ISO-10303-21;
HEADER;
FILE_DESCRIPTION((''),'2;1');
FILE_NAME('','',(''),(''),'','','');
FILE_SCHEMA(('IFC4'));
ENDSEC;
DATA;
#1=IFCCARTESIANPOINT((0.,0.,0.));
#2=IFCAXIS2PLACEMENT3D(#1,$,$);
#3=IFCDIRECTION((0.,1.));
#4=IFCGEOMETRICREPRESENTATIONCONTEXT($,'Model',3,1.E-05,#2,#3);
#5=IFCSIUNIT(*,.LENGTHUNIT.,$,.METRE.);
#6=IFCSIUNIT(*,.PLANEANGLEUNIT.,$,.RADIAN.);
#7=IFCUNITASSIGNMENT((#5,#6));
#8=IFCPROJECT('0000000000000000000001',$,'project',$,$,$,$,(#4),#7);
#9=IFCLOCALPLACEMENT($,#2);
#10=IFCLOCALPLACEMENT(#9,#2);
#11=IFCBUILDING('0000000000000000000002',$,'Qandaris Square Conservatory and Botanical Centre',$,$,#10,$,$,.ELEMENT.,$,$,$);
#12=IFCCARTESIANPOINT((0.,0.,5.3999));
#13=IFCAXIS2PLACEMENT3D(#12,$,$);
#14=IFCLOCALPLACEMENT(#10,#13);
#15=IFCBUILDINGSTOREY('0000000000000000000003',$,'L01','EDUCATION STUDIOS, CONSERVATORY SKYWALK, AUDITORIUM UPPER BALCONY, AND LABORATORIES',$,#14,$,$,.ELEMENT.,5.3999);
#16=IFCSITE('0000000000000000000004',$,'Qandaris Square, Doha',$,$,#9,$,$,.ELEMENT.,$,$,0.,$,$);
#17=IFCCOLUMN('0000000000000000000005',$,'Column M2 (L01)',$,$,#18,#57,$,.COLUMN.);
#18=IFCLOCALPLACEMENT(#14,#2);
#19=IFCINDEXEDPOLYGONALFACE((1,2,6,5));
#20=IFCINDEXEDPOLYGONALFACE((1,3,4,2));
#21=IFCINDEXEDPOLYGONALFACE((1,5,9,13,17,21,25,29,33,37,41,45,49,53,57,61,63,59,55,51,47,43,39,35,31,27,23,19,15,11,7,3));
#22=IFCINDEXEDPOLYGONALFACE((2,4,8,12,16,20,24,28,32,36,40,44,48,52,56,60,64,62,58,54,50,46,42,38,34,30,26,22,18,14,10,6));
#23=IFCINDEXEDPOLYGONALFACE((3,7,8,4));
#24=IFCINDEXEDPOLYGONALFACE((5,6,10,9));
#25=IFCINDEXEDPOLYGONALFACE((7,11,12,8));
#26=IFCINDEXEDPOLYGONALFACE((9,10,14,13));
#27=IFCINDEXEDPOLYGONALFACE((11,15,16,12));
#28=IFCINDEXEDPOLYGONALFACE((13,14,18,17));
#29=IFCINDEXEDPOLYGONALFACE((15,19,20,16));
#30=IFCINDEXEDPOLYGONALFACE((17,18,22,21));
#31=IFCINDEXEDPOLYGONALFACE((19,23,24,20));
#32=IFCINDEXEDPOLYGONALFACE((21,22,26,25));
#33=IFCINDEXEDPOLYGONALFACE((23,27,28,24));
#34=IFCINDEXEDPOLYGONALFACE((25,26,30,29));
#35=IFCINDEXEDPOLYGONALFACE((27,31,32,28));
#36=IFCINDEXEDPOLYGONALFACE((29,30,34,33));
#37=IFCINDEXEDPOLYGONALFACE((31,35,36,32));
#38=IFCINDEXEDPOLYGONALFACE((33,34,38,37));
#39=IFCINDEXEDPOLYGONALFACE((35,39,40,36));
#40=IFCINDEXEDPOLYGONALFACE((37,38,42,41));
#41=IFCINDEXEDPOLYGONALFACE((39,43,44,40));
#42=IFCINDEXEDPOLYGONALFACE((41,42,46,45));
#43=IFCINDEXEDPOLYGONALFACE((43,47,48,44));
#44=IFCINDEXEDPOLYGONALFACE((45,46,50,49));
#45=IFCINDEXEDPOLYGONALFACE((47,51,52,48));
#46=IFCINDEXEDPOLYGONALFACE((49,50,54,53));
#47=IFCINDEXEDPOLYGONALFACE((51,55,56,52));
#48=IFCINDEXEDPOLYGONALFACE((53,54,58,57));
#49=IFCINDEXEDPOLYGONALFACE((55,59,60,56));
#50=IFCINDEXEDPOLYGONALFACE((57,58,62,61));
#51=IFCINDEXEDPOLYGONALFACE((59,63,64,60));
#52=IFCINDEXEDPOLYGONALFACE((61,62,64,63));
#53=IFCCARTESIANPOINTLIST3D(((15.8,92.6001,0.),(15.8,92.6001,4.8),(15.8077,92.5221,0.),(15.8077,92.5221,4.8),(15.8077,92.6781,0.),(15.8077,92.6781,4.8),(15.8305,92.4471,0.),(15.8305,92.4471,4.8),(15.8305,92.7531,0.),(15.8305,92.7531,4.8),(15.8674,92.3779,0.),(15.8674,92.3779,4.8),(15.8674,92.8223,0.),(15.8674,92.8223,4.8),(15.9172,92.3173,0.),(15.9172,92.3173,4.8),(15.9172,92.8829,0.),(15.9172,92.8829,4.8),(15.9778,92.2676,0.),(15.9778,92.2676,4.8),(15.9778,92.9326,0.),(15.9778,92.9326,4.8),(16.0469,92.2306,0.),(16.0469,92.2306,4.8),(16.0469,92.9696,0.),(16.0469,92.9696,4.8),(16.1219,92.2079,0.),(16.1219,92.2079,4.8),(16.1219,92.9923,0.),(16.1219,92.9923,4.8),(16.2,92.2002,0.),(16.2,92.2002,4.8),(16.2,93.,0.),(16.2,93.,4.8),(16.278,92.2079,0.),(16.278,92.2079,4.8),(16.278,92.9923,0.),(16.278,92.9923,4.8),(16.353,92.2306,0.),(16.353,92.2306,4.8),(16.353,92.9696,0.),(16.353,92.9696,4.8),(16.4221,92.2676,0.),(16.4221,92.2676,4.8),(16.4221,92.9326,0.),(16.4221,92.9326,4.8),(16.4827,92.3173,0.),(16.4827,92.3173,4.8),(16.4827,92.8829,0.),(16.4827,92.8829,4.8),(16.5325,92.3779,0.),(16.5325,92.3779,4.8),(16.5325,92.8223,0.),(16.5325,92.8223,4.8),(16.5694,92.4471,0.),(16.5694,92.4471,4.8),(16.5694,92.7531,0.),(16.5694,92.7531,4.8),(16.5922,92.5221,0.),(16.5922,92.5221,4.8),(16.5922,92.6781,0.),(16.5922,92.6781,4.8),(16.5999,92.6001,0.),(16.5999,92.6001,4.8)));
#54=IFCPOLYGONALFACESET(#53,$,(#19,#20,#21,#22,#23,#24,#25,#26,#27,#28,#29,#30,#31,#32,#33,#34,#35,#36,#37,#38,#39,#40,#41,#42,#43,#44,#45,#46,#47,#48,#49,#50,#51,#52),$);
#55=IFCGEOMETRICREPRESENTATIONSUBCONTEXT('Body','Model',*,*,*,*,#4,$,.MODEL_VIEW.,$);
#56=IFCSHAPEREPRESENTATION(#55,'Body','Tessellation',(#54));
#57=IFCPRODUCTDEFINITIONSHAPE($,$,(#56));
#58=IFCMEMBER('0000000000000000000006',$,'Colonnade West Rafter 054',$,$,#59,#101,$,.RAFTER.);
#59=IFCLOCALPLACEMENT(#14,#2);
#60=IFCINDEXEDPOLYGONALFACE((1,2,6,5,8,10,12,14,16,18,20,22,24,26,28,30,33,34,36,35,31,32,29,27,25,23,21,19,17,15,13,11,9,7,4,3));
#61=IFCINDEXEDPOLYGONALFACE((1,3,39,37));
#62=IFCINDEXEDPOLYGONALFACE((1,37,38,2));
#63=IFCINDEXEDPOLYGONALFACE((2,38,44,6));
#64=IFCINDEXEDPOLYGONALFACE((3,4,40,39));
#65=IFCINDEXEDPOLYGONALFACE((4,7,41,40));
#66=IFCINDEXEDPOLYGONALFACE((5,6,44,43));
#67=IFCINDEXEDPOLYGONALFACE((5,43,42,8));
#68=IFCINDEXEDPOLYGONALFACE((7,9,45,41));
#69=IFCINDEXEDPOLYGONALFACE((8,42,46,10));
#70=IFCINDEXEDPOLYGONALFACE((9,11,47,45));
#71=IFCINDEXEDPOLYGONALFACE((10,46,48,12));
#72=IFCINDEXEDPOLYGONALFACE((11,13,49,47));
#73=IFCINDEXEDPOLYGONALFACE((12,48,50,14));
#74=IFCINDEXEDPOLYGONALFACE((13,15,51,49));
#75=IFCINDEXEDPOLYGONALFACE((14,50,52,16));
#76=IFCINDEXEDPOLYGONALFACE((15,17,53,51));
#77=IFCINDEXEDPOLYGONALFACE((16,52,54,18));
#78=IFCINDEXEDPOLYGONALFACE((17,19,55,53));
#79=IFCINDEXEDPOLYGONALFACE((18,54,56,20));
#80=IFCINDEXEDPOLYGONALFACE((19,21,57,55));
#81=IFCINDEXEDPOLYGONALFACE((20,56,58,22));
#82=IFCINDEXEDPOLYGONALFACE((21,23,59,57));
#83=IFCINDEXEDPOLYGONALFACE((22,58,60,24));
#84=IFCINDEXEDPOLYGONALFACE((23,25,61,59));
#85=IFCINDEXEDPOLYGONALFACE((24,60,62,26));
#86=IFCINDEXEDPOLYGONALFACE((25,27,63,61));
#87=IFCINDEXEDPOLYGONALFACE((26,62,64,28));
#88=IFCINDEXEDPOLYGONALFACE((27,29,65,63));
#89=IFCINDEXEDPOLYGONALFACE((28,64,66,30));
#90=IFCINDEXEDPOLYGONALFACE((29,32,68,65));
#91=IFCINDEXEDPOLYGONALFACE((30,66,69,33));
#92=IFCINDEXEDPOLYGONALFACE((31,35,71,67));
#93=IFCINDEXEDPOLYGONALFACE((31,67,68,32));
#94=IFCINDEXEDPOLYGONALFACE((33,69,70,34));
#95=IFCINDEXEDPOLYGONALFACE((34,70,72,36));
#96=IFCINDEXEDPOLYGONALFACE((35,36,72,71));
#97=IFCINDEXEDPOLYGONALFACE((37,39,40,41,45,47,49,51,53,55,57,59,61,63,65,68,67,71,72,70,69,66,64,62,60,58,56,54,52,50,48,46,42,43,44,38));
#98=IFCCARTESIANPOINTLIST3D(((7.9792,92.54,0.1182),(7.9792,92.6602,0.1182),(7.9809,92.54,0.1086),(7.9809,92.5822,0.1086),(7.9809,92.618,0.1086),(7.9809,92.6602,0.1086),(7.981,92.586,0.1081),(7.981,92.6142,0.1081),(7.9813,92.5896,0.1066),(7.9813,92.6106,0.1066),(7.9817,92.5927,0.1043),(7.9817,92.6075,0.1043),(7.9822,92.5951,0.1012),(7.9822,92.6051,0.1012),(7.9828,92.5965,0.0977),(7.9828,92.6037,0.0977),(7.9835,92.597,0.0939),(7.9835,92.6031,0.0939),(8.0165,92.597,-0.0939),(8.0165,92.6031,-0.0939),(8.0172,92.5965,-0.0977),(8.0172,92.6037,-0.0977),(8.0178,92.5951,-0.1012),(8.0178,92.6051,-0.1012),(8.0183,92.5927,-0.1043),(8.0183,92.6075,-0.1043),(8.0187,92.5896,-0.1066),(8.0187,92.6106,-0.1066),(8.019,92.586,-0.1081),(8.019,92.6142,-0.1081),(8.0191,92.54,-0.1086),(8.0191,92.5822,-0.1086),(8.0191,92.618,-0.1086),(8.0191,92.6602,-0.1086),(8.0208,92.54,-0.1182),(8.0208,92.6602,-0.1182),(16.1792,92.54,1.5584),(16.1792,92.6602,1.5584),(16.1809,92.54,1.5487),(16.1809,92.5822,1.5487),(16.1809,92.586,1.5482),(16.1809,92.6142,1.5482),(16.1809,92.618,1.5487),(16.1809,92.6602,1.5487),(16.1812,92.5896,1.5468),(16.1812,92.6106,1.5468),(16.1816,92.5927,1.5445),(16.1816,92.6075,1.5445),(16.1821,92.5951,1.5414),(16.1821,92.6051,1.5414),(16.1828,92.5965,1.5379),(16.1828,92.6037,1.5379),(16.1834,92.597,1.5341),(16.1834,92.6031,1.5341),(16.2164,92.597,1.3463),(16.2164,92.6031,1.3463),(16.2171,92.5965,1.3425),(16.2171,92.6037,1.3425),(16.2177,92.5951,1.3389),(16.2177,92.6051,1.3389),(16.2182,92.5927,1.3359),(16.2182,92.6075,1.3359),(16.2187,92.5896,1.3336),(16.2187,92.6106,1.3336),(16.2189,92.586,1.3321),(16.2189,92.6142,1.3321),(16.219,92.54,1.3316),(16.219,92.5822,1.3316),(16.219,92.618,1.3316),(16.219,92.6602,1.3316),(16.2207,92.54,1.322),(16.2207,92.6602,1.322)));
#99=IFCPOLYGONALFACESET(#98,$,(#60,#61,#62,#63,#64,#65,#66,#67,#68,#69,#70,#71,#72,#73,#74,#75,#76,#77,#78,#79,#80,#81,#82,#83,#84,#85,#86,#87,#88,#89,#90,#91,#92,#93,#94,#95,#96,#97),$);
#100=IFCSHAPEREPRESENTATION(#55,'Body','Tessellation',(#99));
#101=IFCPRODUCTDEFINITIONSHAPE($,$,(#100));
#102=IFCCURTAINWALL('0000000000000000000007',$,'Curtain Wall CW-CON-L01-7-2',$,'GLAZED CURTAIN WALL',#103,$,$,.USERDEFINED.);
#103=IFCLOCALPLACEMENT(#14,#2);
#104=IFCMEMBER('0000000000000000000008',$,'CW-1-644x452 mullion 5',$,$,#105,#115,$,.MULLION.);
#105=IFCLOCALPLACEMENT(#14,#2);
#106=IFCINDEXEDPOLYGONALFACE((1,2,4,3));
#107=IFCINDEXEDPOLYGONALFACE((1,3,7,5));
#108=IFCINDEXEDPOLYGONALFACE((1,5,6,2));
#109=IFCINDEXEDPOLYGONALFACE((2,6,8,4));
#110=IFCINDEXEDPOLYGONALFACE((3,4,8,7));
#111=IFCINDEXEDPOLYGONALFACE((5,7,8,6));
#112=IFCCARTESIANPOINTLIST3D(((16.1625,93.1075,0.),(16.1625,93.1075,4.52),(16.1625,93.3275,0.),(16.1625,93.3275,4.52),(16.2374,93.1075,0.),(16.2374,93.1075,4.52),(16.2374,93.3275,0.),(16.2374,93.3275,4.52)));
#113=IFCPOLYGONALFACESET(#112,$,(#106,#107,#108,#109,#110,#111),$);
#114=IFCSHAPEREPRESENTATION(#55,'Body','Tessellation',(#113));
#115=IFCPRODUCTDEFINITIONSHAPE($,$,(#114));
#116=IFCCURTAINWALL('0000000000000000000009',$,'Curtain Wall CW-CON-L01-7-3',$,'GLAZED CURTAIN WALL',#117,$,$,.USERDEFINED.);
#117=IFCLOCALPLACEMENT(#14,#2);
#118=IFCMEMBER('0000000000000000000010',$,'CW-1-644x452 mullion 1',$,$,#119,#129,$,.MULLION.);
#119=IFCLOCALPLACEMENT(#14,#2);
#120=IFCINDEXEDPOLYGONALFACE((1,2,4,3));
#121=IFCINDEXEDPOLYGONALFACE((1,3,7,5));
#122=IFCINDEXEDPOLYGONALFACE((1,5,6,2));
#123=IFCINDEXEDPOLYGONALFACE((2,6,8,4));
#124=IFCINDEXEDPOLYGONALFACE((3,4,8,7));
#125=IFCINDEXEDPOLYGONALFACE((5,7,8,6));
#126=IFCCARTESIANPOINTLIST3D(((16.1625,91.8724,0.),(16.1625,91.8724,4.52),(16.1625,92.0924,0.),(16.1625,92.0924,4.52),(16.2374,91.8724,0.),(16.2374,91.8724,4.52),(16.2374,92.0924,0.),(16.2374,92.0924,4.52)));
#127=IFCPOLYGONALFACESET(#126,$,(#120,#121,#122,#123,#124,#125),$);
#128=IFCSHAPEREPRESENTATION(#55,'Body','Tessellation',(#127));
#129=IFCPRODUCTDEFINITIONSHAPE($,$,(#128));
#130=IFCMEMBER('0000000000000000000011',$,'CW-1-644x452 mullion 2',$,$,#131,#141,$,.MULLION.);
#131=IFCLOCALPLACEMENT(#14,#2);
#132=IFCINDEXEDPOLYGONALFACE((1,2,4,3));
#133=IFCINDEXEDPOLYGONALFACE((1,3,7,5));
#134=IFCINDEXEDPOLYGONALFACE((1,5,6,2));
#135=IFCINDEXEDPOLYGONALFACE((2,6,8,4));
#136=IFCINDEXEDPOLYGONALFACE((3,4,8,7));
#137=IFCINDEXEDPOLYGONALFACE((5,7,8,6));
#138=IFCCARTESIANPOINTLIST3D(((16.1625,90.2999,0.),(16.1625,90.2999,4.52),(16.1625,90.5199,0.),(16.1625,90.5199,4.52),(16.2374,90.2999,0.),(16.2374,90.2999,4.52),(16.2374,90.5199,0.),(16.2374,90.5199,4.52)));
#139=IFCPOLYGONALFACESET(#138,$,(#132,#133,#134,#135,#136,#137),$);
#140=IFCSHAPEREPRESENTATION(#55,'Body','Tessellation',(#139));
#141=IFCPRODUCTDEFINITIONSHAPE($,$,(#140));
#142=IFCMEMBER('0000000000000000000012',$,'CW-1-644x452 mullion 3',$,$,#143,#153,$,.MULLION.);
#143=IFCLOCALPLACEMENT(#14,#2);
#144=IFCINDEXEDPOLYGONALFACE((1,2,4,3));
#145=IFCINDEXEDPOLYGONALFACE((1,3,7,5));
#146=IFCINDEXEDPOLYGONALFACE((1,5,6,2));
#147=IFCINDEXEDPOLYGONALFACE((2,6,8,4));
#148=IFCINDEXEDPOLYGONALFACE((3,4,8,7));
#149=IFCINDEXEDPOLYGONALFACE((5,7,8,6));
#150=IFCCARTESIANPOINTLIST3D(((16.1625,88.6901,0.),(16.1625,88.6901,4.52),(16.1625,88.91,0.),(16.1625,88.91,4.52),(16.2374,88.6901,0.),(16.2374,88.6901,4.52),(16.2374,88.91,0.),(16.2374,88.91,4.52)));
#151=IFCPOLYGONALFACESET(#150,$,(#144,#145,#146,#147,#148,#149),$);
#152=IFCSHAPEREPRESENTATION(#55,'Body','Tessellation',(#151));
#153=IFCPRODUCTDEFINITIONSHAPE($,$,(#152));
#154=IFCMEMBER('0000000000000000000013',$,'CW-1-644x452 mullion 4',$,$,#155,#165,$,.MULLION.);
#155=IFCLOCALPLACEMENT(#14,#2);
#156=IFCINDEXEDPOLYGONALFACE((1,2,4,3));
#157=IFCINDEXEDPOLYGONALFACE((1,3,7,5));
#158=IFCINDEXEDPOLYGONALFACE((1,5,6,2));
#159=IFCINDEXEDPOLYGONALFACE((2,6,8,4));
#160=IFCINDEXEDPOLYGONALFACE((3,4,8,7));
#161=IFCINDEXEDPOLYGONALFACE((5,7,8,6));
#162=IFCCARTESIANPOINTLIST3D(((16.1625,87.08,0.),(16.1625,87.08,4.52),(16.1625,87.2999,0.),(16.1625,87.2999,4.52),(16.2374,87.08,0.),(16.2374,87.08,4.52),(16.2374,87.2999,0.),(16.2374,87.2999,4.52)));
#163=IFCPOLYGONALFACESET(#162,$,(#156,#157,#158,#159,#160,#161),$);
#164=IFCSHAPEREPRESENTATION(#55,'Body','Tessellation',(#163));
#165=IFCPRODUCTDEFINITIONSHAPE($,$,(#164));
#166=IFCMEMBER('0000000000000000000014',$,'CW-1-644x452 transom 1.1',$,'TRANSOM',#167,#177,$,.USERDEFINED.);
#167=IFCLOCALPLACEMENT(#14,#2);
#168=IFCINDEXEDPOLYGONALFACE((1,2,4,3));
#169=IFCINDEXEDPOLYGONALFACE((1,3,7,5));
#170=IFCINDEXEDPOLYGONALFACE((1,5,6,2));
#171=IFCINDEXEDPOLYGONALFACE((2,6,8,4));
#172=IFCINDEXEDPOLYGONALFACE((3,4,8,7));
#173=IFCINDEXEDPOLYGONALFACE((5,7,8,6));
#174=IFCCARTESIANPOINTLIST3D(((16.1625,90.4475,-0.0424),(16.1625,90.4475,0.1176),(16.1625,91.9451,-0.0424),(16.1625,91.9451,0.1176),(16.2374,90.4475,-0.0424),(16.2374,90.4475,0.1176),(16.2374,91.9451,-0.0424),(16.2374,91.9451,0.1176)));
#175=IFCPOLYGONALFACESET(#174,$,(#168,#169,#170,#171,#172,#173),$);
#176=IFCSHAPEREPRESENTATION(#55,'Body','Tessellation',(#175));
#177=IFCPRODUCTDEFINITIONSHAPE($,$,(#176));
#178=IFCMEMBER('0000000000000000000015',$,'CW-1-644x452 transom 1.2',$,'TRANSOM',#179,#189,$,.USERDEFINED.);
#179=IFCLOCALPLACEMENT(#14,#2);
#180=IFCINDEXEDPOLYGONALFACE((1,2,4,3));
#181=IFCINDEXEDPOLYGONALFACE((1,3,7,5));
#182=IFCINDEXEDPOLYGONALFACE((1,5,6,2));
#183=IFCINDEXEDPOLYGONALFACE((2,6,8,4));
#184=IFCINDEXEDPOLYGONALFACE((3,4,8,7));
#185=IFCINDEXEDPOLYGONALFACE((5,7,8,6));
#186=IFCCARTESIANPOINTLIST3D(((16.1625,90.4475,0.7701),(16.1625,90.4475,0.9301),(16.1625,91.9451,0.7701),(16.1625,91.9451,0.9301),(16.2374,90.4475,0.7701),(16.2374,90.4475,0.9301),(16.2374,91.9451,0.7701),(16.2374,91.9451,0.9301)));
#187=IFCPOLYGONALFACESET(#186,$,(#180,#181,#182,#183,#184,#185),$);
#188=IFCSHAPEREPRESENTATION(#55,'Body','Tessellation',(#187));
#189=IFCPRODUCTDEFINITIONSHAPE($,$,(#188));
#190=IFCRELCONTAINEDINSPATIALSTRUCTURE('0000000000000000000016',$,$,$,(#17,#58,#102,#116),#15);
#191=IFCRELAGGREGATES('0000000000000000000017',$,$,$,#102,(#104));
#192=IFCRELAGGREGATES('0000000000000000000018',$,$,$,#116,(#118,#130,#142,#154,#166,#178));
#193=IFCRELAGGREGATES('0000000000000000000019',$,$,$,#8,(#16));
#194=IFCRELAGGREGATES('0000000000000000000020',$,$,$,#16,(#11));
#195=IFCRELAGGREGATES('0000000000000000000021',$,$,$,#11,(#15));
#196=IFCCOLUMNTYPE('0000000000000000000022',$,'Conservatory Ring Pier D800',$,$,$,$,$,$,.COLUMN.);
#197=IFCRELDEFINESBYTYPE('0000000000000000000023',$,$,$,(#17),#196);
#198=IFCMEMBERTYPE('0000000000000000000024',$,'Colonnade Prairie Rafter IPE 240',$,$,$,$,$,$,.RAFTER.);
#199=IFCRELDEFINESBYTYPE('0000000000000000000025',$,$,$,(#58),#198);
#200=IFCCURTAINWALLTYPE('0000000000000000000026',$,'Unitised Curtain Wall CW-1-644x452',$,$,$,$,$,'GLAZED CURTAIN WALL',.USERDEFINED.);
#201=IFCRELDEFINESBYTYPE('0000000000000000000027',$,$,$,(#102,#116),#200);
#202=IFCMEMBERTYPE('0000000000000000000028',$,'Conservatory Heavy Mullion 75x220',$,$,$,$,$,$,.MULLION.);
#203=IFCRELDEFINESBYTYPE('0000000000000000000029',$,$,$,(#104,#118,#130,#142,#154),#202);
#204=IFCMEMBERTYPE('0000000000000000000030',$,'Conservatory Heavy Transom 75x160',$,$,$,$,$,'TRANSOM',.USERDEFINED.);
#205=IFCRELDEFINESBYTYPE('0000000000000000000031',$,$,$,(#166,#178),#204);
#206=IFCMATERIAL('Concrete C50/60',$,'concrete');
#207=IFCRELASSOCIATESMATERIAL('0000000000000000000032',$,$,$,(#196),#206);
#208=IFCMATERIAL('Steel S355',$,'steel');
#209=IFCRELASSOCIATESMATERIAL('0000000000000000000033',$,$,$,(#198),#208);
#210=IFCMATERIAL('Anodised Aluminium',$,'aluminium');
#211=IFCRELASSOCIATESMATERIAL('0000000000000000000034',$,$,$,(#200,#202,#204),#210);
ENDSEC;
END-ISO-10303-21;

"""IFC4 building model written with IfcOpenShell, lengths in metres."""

from ifc_helpers import new_model, si_unit, direction, frame, origin, origin_2d, place, context, subcontext, project, spatial, rectangle, circle, i_section, extrude, material, material_profile, profile_set, type_object, element, aggregate, save


model = new_model("IFC4")

# Units and contexts
model_context = context("Model", 3, precision=1e-05, world=origin(), true_north=direction((0.0, 1.0)))
body_context = subcontext(model_context, "Body", "Model", "MODEL_VIEW")
ifc_project = project(units=[si_unit("LENGTHUNIT", "METRE"), si_unit("PLANEANGLEUNIT", "RADIAN")], contexts=[model_context])

# Site, building, storey
site_placement = place(None, origin())
site = spatial("IfcSite", under=ifc_project, at=site_placement, Name="Qandaris Square, Doha", CompositionType="ELEMENT", RefElevation=0.0)
building_placement = place(site_placement, origin())
building = spatial("IfcBuilding", under=site, at=building_placement, Name="Qandaris Square Conservatory and Botanical Centre", CompositionType="ELEMENT")
storey_placement = place(building_placement, frame((0.0, 0.0, 5.3999)))
storey = spatial("IfcBuildingStorey", under=building, at=storey_placement, Name="L01", Description="EDUCATION STUDIOS, CONSERVATORY SKYWALK, AUDITORIUM UPPER BALCONY, AND LABORATORIES", CompositionType="ELEMENT", Elevation=5.3999)

# Column
ifc_material_1 = material(Name="Concrete C50/60", Category="concrete")
ifc_material_profile_1 = material_profile(ifc_material_1, circle(Radius=0.3999, at=origin_2d()), Name="RC-COL D800")
ifc_profile_set_1 = profile_set([ifc_material_profile_1], Name="Concrete C50/60")
column_type = type_object("IfcColumnType", Name="Conservatory Ring Pier D800", PredefinedType="COLUMN", material=ifc_profile_set_1)
column_placement = place(storey_placement, frame((16.2, 92.6001, 0.0), z_axis=(0.0, 0.0, 1.0), x_axis=(1.0, 0.0, 0.0)))
element("IfcColumn", 1, at=column_placement, inside=storey, type_object=column_type, Name="Column M2 (L01)", PredefinedType="COLUMN", context=body_context, shape_type="SweptSolid", body=[
    extrude(circle(Radius=0.3999, at=origin_2d()), origin(), (0.0, 0.0, 1.0), 4.8),
])

# Member
ifc_material_2 = material(Name="Steel S355", Category="steel")
ifc_material_profile_2 = material_profile(ifc_material_2, i_section(OverallWidth=0.1201, OverallDepth=0.24, WebThickness=0.0061, FlangeThickness=0.0098, FilletRadius=0.0149, at=origin_2d()), Name="IPE 240")
ifc_profile_set_2 = profile_set([ifc_material_profile_2], Name="Steel S355")
member_type_1 = type_object("IfcMemberType", Name="Colonnade Prairie Rafter IPE 240", PredefinedType="RAFTER", material=ifc_profile_set_2)
member_1_placement = place(storey_placement, frame((8.0, 92.6001, 0.0), z_axis=(0.984924, 0.0, 0.172986), x_axis=(0.0, 1.0, 0.0)))
element("IfcMember", 2, at=member_1_placement, inside=storey, type_object=member_type_1, Name="Colonnade West Rafter 054", PredefinedType="RAFTER", context=body_context, shape_type="SweptSolid", body=[
    extrude(i_section(OverallWidth=0.1201, OverallDepth=0.24, WebThickness=0.0061, FlangeThickness=0.0098, FilletRadius=0.0149, at=origin_2d()), origin(), (0.0, 0.0, 1.0), 8.3254),
])

# Curtain wall, member
ifc_material_3 = material(Name="Anodised Aluminium", Category="aluminium")
curtain_wall_type = type_object("IfcCurtainWallType", Name="Unitised Curtain Wall CW-1-644x452", ElementType="GLAZED CURTAIN WALL", PredefinedType="USERDEFINED", material=ifc_material_3)
curtain_wall_1_placement = place(storey_placement, origin())
curtain_wall_1 = element("IfcCurtainWall", 3, at=curtain_wall_1_placement, inside=storey, type_object=curtain_wall_type, Name="Curtain Wall CW-CON-L01-7-2", ObjectType="GLAZED CURTAIN WALL", PredefinedType="USERDEFINED")
ifc_material_profile_3 = material_profile(ifc_material_3, rectangle(XDim=0.075, YDim=0.22, at=origin_2d()), Name="ALU-MUL 75x220")
ifc_profile_set_3 = profile_set([ifc_material_profile_3], Name="Anodised Aluminium")
member_type_2 = type_object("IfcMemberType", Name="Conservatory Heavy Mullion 75x220", PredefinedType="MULLION", material=ifc_profile_set_3)
member_2_placement = place(storey_placement, frame((16.2, 93.2175, 0.0), z_axis=(0.0, 0.0, 1.0), x_axis=(1.0, 0.0, 0.0)))
member_2 = element("IfcMember", 4, at=member_2_placement, type_object=member_type_2, Name="CW-1-644x452 mullion 5", PredefinedType="MULLION", context=body_context, shape_type="SweptSolid", body=[
    extrude(rectangle(XDim=0.075, YDim=0.22, at=origin_2d()), origin(), (0.0, 0.0, 1.0), 4.52),
])
aggregate(curtain_wall_1, [member_2])

# Curtain wall, members
curtain_wall_2_placement = place(storey_placement, origin())
curtain_wall_2 = element("IfcCurtainWall", 5, at=curtain_wall_2_placement, inside=storey, type_object=curtain_wall_type, Name="Curtain Wall CW-CON-L01-7-3", ObjectType="GLAZED CURTAIN WALL", PredefinedType="USERDEFINED")
member_3_placement = place(storey_placement, frame((16.2, 91.9824, 0.0), z_axis=(0.0, 0.0, 1.0), x_axis=(1.0, 0.0, 0.0)))
member_3 = element("IfcMember", 6, at=member_3_placement, type_object=member_type_2, Name="CW-1-644x452 mullion 1", PredefinedType="MULLION", context=body_context, shape_type="SweptSolid", body=[
    extrude(rectangle(XDim=0.075, YDim=0.22, at=origin_2d()), origin(), (0.0, 0.0, 1.0), 4.52),
])
member_4_placement = place(storey_placement, frame((16.2, 90.4099, 0.0), z_axis=(0.0, 0.0, 1.0), x_axis=(1.0, 0.0, 0.0)))
member_4 = element("IfcMember", 7, at=member_4_placement, type_object=member_type_2, Name="CW-1-644x452 mullion 2", PredefinedType="MULLION", context=body_context, shape_type="SweptSolid", body=[
    extrude(rectangle(XDim=0.075, YDim=0.22, at=origin_2d()), origin(), (0.0, 0.0, 1.0), 4.52),
])
member_5_placement = place(storey_placement, frame((16.2, 88.8, 0.0), z_axis=(0.0, 0.0, 1.0), x_axis=(1.0, 0.0, 0.0)))
member_5 = element("IfcMember", 8, at=member_5_placement, type_object=member_type_2, Name="CW-1-644x452 mullion 3", PredefinedType="MULLION", context=body_context, shape_type="SweptSolid", body=[
    extrude(rectangle(XDim=0.075, YDim=0.22, at=origin_2d()), origin(), (0.0, 0.0, 1.0), 4.52),
])
member_6_placement = place(storey_placement, frame((16.2, 87.1899, 0.0), z_axis=(0.0, 0.0, 1.0), x_axis=(1.0, 0.0, 0.0)))
member_6 = element("IfcMember", 9, at=member_6_placement, type_object=member_type_2, Name="CW-1-644x452 mullion 4", PredefinedType="MULLION", context=body_context, shape_type="SweptSolid", body=[
    extrude(rectangle(XDim=0.075, YDim=0.22, at=origin_2d()), origin(), (0.0, 0.0, 1.0), 4.52),
])
ifc_material_profile_4 = material_profile(ifc_material_3, rectangle(XDim=0.075, YDim=0.1599, at=origin_2d()), Name="ALU-TRN 75x160")
ifc_profile_set_4 = profile_set([ifc_material_profile_4], Name="Anodised Aluminium")
member_type_3 = type_object("IfcMemberType", Name="Conservatory Heavy Transom 75x160", ElementType="TRANSOM", PredefinedType="USERDEFINED", material=ifc_profile_set_4)
member_7_placement = place(storey_placement, frame((16.2, 91.9451, 0.0376), z_axis=(0.0, -1.0, 0.0), x_axis=(1.0, 0.0, 0.0)))
member_7 = element("IfcMember", 10, at=member_7_placement, type_object=member_type_3, Name="CW-1-644x452 transom 1.1", ObjectType="TRANSOM", PredefinedType="USERDEFINED", context=body_context, shape_type="SweptSolid", body=[
    extrude(rectangle(XDim=0.075, YDim=0.1599, at=origin_2d()), origin(), (0.0, 0.0, 1.0), 1.4976),
])
member_8_placement = place(storey_placement, frame((16.2, 91.9451, 0.8501), z_axis=(0.0, -1.0, 0.0), x_axis=(1.0, 0.0, 0.0)))
member_8 = element("IfcMember", 11, at=member_8_placement, type_object=member_type_3, Name="CW-1-644x452 transom 1.2", ObjectType="TRANSOM", PredefinedType="USERDEFINED", context=body_context, shape_type="SweptSolid", body=[
    extrude(rectangle(XDim=0.075, YDim=0.1599, at=origin_2d()), origin(), (0.0, 0.0, 1.0), 1.4976),
])
aggregate(curtain_wall_2, [member_3, member_4, member_5, member_6, member_7, member_8])

save(model, "model.ifc")
